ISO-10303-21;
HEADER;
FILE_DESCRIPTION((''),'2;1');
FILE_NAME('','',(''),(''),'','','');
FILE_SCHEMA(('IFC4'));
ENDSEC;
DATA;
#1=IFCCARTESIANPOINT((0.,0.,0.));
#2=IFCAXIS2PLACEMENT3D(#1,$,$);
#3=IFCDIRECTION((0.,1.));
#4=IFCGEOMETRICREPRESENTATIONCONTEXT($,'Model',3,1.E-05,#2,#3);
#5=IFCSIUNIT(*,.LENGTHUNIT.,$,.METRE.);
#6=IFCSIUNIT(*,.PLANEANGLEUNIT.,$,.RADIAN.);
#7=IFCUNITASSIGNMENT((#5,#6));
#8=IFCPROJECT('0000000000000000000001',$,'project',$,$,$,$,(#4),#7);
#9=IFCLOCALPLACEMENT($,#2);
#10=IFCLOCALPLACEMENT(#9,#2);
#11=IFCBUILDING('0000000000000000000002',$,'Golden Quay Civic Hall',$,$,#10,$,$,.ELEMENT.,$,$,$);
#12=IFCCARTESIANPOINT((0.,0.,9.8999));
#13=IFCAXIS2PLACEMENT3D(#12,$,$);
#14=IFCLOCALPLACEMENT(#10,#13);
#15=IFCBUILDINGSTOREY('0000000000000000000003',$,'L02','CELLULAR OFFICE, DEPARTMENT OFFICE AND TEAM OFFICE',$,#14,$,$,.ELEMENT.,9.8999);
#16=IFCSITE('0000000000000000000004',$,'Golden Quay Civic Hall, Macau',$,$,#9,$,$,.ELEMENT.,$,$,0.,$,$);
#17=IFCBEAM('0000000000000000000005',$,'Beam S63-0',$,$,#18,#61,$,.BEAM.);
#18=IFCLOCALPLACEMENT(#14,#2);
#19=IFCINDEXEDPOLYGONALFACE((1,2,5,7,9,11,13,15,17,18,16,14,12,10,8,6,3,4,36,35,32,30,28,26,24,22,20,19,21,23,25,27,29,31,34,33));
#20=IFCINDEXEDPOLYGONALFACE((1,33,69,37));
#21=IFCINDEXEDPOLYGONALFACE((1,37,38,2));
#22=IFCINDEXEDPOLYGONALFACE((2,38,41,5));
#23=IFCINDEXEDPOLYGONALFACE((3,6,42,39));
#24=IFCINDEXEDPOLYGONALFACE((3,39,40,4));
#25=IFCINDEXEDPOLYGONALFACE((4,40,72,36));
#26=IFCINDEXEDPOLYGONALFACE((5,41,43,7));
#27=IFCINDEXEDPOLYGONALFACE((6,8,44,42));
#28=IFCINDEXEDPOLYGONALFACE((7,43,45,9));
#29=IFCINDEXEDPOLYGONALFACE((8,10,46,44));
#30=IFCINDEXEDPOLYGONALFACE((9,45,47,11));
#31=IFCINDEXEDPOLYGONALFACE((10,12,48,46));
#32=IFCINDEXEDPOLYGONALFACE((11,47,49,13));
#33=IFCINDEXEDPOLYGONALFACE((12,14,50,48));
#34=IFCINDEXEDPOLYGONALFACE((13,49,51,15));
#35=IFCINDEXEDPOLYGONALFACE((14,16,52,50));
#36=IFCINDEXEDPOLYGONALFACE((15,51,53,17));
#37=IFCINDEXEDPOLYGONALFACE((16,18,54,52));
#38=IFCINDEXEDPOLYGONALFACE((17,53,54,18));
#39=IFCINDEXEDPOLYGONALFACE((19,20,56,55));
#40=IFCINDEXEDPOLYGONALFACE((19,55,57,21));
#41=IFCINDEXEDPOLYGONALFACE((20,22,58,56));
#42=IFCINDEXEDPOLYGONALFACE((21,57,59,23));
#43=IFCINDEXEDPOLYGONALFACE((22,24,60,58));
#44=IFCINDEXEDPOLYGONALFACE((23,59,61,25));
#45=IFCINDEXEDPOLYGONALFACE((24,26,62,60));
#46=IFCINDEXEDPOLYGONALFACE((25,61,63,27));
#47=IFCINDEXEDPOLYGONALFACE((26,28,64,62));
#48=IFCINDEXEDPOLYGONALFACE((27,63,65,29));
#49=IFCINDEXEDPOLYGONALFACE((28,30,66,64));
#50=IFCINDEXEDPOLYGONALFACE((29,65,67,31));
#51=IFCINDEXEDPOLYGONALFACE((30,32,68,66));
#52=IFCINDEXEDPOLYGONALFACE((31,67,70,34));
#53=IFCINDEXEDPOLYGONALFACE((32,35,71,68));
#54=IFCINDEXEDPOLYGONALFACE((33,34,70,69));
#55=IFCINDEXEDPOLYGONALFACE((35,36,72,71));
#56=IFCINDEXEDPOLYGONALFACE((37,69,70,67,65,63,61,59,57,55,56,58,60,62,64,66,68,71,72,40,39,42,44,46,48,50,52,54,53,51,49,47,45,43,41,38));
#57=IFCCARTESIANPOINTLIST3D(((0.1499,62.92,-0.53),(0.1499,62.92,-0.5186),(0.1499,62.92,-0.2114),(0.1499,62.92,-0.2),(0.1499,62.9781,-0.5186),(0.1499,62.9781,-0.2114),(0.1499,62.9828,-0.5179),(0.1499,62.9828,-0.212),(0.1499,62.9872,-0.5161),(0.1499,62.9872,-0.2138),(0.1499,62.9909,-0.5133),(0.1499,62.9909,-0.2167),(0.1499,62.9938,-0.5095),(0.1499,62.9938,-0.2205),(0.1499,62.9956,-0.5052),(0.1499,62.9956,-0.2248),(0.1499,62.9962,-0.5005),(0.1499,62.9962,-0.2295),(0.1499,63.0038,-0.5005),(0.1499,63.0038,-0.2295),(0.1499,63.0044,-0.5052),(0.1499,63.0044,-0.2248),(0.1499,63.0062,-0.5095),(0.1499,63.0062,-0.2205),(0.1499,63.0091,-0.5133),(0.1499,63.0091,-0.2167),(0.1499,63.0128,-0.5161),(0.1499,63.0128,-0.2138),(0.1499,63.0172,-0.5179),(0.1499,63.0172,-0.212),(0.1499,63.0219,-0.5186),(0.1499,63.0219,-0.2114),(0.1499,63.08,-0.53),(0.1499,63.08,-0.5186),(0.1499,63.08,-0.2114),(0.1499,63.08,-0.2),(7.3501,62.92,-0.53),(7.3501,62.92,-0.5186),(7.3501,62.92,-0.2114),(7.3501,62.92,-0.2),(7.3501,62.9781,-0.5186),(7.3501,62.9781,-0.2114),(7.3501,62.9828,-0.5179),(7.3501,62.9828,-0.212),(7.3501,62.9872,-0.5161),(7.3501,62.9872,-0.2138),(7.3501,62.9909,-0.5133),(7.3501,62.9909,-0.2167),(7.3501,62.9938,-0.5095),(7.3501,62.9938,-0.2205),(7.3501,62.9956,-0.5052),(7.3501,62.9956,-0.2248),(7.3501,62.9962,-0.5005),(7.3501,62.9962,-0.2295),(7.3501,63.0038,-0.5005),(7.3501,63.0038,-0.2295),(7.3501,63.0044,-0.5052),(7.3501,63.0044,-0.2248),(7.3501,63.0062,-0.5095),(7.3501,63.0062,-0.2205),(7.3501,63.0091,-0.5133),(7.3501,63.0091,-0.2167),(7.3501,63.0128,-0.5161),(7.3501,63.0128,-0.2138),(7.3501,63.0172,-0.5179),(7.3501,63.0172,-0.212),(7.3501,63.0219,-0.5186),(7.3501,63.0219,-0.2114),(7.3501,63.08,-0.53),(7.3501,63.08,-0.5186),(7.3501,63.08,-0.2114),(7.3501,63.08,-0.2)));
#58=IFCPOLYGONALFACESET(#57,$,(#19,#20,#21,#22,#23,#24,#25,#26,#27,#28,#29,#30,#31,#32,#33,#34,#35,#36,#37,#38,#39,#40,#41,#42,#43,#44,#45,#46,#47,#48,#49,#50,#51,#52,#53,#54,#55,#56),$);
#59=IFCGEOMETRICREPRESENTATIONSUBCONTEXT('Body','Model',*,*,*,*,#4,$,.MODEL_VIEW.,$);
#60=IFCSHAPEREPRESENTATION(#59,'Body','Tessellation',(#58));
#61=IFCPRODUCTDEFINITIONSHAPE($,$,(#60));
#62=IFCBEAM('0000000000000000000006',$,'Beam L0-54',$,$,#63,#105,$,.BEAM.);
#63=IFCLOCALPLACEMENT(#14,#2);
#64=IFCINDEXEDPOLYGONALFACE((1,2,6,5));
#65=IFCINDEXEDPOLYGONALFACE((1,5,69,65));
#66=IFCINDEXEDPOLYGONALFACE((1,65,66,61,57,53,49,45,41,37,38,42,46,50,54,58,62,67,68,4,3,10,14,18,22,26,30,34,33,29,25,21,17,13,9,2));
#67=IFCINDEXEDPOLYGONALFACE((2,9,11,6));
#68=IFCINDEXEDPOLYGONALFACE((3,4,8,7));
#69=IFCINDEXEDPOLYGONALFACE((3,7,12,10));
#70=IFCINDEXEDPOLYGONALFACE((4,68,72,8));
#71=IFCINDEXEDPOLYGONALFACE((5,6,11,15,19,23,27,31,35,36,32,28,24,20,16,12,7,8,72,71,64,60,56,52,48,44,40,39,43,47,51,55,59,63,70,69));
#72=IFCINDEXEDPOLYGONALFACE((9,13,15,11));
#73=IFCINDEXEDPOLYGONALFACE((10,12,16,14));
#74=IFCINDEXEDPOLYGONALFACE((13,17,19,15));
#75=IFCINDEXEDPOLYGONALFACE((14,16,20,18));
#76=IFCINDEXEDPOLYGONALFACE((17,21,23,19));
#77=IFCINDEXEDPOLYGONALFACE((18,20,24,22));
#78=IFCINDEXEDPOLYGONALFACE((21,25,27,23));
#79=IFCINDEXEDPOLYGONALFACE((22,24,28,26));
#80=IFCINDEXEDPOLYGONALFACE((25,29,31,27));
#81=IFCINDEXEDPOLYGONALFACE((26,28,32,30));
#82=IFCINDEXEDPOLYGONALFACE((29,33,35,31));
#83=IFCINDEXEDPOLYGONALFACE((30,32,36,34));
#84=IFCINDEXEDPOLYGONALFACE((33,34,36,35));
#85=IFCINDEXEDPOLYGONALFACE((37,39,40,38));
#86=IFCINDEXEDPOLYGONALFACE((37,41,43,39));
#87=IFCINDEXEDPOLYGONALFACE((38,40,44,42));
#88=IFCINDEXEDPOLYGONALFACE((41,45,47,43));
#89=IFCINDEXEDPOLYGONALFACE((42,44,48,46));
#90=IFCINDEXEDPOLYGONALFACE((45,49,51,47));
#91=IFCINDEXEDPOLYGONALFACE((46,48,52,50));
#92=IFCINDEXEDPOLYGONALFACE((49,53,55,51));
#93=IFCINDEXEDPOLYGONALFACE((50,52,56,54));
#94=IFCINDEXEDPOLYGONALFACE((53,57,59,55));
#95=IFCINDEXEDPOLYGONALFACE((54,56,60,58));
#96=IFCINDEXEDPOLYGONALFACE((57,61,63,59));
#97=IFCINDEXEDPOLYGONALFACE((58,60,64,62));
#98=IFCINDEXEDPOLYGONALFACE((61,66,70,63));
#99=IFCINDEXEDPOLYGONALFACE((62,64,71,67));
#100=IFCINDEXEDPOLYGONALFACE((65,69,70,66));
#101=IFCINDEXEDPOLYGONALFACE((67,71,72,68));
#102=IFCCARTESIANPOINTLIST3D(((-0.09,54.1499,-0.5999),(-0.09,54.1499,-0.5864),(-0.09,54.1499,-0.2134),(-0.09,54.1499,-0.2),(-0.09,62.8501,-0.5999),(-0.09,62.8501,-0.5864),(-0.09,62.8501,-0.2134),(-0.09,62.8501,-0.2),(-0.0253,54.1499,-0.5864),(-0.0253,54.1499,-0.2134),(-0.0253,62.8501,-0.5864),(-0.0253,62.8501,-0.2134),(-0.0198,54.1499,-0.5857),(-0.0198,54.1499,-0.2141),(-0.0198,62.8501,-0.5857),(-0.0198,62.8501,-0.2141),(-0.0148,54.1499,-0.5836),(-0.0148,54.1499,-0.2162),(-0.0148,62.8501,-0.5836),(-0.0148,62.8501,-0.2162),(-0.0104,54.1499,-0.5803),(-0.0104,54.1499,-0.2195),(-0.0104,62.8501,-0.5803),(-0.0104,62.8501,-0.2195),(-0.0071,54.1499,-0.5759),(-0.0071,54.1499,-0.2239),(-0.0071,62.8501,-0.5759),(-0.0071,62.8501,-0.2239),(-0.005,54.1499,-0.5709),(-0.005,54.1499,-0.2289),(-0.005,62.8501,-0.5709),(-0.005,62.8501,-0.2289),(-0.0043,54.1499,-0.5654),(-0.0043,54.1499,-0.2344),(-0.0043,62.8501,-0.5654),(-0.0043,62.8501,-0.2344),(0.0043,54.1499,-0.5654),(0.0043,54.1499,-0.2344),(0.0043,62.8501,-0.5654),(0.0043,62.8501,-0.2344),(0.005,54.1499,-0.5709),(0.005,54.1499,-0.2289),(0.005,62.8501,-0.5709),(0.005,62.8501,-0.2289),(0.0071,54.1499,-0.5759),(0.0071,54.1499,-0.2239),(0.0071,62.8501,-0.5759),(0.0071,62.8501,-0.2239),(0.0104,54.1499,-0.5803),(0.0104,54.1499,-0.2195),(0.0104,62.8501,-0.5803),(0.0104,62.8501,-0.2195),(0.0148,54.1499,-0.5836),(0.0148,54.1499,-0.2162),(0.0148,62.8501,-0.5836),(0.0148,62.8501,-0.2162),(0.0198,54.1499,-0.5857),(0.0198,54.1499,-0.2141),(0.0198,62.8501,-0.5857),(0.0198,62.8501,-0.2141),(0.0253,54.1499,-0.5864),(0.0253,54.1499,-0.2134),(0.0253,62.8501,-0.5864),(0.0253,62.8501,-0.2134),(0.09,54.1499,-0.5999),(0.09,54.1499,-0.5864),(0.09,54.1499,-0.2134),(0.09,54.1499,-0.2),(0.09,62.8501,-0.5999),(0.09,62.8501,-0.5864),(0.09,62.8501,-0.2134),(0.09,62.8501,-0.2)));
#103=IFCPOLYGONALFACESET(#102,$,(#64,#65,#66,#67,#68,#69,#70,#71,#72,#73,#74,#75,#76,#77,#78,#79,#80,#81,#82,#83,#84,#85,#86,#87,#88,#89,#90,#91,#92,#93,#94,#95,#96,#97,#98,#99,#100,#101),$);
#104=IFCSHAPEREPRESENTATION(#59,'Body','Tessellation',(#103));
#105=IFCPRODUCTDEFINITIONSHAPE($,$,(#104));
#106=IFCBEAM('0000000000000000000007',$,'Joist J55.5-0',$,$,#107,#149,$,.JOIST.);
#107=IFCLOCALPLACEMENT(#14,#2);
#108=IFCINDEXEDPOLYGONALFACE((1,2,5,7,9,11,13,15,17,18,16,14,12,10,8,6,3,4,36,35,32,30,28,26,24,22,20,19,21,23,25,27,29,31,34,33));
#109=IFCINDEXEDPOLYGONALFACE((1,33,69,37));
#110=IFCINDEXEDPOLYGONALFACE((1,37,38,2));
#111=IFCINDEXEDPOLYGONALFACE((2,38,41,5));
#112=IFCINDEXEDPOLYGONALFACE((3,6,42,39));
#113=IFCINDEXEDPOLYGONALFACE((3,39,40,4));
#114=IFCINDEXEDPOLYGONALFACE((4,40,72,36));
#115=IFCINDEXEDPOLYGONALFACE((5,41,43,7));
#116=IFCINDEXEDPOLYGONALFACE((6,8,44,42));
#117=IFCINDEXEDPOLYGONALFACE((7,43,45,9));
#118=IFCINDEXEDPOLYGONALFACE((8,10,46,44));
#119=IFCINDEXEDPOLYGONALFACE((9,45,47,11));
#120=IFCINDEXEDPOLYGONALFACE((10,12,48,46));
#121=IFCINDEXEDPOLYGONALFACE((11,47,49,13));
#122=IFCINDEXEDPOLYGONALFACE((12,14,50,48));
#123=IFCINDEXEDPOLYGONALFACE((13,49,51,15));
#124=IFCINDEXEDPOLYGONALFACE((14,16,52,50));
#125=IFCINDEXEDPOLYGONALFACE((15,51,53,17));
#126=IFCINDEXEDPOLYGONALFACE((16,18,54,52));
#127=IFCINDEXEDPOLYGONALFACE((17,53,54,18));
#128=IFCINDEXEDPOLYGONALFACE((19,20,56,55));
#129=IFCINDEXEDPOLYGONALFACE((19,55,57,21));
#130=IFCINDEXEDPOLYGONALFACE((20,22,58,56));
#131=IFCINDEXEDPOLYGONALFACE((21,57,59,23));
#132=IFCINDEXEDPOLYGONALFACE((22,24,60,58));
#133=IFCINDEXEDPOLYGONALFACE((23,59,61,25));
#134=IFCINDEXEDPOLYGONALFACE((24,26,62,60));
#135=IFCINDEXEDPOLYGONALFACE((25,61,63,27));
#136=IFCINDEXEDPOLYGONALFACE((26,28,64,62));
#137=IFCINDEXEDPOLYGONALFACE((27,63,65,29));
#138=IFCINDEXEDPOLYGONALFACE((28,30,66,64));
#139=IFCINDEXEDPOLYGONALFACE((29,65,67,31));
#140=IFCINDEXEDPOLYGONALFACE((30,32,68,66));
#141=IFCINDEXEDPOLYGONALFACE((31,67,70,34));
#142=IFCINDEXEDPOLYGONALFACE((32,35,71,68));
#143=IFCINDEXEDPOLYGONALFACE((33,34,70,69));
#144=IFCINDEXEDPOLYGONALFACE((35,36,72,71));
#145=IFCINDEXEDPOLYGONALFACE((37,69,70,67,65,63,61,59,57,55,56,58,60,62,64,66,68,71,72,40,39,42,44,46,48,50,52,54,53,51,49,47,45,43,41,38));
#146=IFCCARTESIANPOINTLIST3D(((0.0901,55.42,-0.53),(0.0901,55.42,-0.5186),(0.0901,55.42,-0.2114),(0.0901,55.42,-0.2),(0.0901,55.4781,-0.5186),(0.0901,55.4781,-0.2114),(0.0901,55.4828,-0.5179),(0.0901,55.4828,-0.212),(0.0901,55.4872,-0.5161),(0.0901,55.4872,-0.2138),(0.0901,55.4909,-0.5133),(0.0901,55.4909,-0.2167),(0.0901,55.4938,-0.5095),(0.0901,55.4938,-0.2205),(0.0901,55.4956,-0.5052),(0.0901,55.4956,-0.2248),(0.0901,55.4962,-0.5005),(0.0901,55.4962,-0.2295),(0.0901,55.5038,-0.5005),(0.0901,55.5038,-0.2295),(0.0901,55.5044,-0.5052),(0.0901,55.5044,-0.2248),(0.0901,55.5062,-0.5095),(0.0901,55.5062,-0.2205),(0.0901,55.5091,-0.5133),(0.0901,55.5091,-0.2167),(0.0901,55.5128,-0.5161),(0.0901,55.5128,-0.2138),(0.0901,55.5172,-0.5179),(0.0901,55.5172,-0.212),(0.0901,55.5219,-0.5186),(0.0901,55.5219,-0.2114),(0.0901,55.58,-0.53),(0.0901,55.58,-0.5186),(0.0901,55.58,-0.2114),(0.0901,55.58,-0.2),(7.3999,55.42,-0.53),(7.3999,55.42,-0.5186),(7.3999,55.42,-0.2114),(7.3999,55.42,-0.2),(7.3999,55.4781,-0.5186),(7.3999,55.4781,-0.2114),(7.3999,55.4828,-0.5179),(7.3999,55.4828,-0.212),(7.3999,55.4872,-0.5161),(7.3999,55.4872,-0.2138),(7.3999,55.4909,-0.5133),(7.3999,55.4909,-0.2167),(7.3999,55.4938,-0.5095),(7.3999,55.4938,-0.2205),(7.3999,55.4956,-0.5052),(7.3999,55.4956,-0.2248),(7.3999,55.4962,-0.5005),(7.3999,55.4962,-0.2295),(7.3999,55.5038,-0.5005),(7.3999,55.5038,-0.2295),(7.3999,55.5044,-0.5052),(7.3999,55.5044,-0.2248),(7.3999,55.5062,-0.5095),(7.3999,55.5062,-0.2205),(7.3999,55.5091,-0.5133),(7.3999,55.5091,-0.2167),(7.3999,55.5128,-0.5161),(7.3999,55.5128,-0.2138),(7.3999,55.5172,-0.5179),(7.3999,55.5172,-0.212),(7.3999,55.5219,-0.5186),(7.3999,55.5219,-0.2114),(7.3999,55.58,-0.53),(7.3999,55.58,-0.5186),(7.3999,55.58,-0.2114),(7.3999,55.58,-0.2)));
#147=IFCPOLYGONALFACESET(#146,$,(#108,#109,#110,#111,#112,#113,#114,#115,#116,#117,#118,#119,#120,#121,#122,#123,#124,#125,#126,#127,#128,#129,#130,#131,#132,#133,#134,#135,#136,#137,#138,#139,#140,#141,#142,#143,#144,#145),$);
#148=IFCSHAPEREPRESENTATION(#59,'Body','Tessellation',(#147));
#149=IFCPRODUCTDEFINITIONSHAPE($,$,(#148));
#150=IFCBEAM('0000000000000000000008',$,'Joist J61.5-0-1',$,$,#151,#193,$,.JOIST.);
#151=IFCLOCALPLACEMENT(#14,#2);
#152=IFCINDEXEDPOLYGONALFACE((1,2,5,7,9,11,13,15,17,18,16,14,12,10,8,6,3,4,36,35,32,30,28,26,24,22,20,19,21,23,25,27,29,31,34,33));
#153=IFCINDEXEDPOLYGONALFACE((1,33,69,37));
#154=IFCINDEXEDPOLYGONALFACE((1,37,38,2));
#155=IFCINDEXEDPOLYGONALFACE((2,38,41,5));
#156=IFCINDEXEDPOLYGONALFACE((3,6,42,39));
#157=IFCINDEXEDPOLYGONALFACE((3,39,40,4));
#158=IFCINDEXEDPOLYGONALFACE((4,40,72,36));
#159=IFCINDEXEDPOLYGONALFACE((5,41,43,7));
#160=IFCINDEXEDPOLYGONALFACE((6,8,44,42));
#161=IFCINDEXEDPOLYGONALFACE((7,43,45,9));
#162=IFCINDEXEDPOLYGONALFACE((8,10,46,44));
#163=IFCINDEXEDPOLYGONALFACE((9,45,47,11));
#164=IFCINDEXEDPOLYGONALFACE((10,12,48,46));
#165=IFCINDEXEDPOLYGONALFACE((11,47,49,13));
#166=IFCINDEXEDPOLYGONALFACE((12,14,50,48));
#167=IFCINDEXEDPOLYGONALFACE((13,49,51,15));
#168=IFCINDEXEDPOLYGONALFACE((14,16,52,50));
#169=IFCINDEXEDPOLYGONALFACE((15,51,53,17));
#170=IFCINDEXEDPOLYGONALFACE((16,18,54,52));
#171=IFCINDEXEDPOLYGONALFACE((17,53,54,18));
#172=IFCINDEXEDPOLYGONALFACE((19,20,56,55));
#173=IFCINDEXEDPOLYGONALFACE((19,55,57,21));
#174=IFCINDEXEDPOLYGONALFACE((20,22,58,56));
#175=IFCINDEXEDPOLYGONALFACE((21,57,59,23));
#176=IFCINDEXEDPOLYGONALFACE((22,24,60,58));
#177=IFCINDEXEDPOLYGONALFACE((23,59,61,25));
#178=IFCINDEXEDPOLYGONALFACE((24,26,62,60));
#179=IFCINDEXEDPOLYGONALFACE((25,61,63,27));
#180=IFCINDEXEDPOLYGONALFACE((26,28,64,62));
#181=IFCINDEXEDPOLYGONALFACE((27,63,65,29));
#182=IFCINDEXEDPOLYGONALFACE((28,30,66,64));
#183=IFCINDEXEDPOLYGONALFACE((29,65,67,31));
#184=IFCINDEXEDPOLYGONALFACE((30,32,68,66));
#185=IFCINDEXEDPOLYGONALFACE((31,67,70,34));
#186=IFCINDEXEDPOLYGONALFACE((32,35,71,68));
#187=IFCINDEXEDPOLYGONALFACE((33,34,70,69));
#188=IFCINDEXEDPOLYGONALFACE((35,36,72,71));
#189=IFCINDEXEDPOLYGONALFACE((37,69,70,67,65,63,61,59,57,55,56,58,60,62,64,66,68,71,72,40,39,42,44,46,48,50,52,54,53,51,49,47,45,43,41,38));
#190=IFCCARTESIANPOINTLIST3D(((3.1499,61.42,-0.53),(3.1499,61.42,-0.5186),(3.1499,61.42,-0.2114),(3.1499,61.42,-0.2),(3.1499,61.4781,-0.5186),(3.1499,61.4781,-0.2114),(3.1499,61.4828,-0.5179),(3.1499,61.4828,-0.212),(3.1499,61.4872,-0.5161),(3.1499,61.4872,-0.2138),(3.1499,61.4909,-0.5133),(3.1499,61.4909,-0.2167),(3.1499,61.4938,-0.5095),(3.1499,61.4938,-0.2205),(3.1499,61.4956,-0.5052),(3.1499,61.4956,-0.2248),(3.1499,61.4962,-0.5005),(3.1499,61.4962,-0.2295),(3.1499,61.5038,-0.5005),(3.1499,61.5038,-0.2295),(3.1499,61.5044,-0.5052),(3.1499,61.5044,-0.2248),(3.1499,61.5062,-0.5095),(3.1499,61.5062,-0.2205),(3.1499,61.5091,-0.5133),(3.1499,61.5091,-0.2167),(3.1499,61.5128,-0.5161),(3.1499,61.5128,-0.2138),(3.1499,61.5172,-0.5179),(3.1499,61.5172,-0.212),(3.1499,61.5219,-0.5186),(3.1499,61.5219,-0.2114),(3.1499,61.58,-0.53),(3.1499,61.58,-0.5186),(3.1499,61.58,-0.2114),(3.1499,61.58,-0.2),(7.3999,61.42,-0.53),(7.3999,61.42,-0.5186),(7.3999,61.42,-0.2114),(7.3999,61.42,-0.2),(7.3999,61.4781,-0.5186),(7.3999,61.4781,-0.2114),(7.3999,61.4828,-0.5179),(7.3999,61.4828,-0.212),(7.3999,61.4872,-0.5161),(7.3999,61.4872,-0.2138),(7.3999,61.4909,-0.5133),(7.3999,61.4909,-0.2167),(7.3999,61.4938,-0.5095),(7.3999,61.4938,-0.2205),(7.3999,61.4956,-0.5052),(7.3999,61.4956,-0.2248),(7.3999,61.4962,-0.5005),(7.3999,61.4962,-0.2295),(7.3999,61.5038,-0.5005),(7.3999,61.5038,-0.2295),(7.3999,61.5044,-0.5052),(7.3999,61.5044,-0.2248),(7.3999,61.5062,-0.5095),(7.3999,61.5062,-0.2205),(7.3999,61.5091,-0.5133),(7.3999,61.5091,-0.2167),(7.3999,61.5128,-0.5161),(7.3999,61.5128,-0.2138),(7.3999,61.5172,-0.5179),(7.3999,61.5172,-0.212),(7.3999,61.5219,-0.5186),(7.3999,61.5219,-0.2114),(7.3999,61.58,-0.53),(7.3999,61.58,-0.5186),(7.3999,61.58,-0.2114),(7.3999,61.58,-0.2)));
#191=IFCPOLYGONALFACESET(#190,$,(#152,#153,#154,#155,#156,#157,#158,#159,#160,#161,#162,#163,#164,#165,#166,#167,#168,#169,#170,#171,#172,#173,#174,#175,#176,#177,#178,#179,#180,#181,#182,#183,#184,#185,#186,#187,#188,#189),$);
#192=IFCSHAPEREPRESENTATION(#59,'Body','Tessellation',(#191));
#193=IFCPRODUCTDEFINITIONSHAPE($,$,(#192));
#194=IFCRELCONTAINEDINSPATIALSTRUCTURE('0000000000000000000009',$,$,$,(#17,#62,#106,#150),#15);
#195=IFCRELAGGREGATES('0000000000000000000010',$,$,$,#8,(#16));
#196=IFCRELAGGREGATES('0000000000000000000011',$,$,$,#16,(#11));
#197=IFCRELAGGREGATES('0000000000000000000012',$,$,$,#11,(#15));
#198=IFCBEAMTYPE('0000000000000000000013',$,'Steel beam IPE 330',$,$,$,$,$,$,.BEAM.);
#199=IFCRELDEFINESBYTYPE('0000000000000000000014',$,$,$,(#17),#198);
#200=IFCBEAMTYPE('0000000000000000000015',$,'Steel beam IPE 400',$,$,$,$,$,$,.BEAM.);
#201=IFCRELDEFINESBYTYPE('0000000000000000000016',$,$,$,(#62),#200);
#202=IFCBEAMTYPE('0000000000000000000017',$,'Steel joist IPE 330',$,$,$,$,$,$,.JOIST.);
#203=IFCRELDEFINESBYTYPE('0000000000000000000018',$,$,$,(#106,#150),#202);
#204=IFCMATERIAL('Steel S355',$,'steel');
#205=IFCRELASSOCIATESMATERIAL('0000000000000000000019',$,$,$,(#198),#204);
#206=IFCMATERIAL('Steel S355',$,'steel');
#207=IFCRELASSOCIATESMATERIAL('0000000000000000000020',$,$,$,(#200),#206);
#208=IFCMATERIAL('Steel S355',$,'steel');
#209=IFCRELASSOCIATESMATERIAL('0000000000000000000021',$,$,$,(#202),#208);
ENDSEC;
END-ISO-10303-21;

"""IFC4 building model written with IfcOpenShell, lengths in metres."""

from ifc_helpers import new_model, si_unit, direction, frame, origin, origin_2d, place, context, subcontext, project, spatial, i_section, extrude, material, material_profile, profile_set, type_object, element, save


model = new_model("IFC4")

# Units and contexts
model_context = context("Model", 3, precision=1e-05, world=origin(), true_north=direction((0.0, 1.0)))
body_context = subcontext(model_context, "Body", "Model", "MODEL_VIEW")
ifc_project = project(units=[si_unit("LENGTHUNIT", "METRE"), si_unit("PLANEANGLEUNIT", "RADIAN")], contexts=[model_context])

# Site, building, storey
site_placement = place(None, origin())
site = spatial("IfcSite", under=ifc_project, at=site_placement, Name="Golden Quay Civic Hall, Macau", CompositionType="ELEMENT", RefElevation=0.0)
building_placement = place(site_placement, origin())
building = spatial("IfcBuilding", under=site, at=building_placement, Name="Golden Quay Civic Hall", CompositionType="ELEMENT")
storey_placement = place(building_placement, frame((0.0, 0.0, 9.8999)))
storey = spatial("IfcBuildingStorey", under=building, at=storey_placement, Name="L02", Description="CELLULAR OFFICE, DEPARTMENT OFFICE AND TEAM OFFICE", CompositionType="ELEMENT", Elevation=9.8999)

# Beams
ifc_material_1 = material(Name="Steel S355", Category="steel")
ifc_material_profile_1 = material_profile(ifc_material_1, i_section(OverallWidth=0.1599, OverallDepth=0.3301, WebThickness=0.0076, FlangeThickness=0.0115, FilletRadius=0.0181, at=origin_2d()), Name="IPE 330")
ifc_profile_set_1 = profile_set([ifc_material_profile_1], Name="Steel S355")
beam_type_1 = type_object("IfcBeamType", Name="Steel beam IPE 330", PredefinedType="BEAM", material=ifc_profile_set_1)
for number, where, z_axis, x_axis, name in (
    (1, (0.1499, 63.0, -0.365), (1.0, 0.0, 0.0), (0.0, 1.0, 0.0), "Beam S63-0"),
):
    element("IfcBeam", number, at=place(storey_placement, frame(where, z_axis=z_axis, x_axis=x_axis)), inside=storey, type_object=beam_type_1, Name=name, PredefinedType="BEAM", context=body_context, shape_type="SweptSolid", body=[
        extrude(i_section(OverallWidth=0.1599, OverallDepth=0.3301, WebThickness=0.0076, FlangeThickness=0.0115, FilletRadius=0.0181, at=origin_2d()), origin(), (0.0, 0.0, 1.0), 7.2002),
    ])
ifc_material_2 = material(Name="Steel S355", Category="steel")
ifc_material_profile_2 = material_profile(ifc_material_2, i_section(OverallWidth=0.1799, OverallDepth=0.3999, WebThickness=0.0085, FlangeThickness=0.0134, FilletRadius=0.021, at=origin_2d()), Name="IPE 400")
ifc_profile_set_2 = profile_set([ifc_material_profile_2], Name="Steel S355")
beam_type_2 = type_object("IfcBeamType", Name="Steel beam IPE 400", PredefinedType="BEAM", material=ifc_profile_set_2)
beam_1_placement = place(storey_placement, frame((0.0, 54.1499, -0.3999), z_axis=(0.0, 1.0, 0.0), x_axis=(-1.0, 0.0, 0.0)))
element("IfcBeam", 2, at=beam_1_placement, inside=storey, type_object=beam_type_2, Name="Beam L0-54", PredefinedType="BEAM", context=body_context, shape_type="SweptSolid", body=[
    extrude(i_section(OverallWidth=0.1799, OverallDepth=0.3999, WebThickness=0.0085, FlangeThickness=0.0134, FilletRadius=0.021, at=origin_2d()), origin(), (0.0, 0.0, 1.0), 8.7002),
])
ifc_material_3 = material(Name="Steel S355", Category="steel")
ifc_material_profile_3 = material_profile(ifc_material_3, i_section(OverallWidth=0.1599, OverallDepth=0.3301, WebThickness=0.0076, FlangeThickness=0.0115, FilletRadius=0.0181, at=origin_2d()), Name="IPE 330")
ifc_profile_set_3 = profile_set([ifc_material_profile_3], Name="Steel S355")
beam_type_3 = type_object("IfcBeamType", Name="Steel joist IPE 330", PredefinedType="JOIST", material=ifc_profile_set_3)
beam_2_placement = place(storey_placement, frame((0.0901, 55.5, -0.365), z_axis=(1.0, 0.0, 0.0), x_axis=(0.0, 1.0, 0.0)))
element("IfcBeam", 3, at=beam_2_placement, inside=storey, type_object=beam_type_3, Name="Joist J55.5-0", PredefinedType="JOIST", context=body_context, shape_type="SweptSolid", body=[
    extrude(i_section(OverallWidth=0.1599, OverallDepth=0.3301, WebThickness=0.0076, FlangeThickness=0.0115, FilletRadius=0.0181, at=origin_2d()), origin(), (0.0, 0.0, 1.0), 7.3098),
])
beam_3_placement = place(storey_placement, frame((3.1499, 61.5, -0.365), z_axis=(1.0, 0.0, 0.0), x_axis=(0.0, 1.0, 0.0)))
element("IfcBeam", 4, at=beam_3_placement, inside=storey, type_object=beam_type_3, Name="Joist J61.5-0-1", PredefinedType="JOIST", context=body_context, shape_type="SweptSolid", body=[
    extrude(i_section(OverallWidth=0.1599, OverallDepth=0.3301, WebThickness=0.0076, FlangeThickness=0.0115, FilletRadius=0.0181, at=origin_2d()), origin(), (0.0, 0.0, 1.0), 4.25),
])

save(model, "model.ifc")
